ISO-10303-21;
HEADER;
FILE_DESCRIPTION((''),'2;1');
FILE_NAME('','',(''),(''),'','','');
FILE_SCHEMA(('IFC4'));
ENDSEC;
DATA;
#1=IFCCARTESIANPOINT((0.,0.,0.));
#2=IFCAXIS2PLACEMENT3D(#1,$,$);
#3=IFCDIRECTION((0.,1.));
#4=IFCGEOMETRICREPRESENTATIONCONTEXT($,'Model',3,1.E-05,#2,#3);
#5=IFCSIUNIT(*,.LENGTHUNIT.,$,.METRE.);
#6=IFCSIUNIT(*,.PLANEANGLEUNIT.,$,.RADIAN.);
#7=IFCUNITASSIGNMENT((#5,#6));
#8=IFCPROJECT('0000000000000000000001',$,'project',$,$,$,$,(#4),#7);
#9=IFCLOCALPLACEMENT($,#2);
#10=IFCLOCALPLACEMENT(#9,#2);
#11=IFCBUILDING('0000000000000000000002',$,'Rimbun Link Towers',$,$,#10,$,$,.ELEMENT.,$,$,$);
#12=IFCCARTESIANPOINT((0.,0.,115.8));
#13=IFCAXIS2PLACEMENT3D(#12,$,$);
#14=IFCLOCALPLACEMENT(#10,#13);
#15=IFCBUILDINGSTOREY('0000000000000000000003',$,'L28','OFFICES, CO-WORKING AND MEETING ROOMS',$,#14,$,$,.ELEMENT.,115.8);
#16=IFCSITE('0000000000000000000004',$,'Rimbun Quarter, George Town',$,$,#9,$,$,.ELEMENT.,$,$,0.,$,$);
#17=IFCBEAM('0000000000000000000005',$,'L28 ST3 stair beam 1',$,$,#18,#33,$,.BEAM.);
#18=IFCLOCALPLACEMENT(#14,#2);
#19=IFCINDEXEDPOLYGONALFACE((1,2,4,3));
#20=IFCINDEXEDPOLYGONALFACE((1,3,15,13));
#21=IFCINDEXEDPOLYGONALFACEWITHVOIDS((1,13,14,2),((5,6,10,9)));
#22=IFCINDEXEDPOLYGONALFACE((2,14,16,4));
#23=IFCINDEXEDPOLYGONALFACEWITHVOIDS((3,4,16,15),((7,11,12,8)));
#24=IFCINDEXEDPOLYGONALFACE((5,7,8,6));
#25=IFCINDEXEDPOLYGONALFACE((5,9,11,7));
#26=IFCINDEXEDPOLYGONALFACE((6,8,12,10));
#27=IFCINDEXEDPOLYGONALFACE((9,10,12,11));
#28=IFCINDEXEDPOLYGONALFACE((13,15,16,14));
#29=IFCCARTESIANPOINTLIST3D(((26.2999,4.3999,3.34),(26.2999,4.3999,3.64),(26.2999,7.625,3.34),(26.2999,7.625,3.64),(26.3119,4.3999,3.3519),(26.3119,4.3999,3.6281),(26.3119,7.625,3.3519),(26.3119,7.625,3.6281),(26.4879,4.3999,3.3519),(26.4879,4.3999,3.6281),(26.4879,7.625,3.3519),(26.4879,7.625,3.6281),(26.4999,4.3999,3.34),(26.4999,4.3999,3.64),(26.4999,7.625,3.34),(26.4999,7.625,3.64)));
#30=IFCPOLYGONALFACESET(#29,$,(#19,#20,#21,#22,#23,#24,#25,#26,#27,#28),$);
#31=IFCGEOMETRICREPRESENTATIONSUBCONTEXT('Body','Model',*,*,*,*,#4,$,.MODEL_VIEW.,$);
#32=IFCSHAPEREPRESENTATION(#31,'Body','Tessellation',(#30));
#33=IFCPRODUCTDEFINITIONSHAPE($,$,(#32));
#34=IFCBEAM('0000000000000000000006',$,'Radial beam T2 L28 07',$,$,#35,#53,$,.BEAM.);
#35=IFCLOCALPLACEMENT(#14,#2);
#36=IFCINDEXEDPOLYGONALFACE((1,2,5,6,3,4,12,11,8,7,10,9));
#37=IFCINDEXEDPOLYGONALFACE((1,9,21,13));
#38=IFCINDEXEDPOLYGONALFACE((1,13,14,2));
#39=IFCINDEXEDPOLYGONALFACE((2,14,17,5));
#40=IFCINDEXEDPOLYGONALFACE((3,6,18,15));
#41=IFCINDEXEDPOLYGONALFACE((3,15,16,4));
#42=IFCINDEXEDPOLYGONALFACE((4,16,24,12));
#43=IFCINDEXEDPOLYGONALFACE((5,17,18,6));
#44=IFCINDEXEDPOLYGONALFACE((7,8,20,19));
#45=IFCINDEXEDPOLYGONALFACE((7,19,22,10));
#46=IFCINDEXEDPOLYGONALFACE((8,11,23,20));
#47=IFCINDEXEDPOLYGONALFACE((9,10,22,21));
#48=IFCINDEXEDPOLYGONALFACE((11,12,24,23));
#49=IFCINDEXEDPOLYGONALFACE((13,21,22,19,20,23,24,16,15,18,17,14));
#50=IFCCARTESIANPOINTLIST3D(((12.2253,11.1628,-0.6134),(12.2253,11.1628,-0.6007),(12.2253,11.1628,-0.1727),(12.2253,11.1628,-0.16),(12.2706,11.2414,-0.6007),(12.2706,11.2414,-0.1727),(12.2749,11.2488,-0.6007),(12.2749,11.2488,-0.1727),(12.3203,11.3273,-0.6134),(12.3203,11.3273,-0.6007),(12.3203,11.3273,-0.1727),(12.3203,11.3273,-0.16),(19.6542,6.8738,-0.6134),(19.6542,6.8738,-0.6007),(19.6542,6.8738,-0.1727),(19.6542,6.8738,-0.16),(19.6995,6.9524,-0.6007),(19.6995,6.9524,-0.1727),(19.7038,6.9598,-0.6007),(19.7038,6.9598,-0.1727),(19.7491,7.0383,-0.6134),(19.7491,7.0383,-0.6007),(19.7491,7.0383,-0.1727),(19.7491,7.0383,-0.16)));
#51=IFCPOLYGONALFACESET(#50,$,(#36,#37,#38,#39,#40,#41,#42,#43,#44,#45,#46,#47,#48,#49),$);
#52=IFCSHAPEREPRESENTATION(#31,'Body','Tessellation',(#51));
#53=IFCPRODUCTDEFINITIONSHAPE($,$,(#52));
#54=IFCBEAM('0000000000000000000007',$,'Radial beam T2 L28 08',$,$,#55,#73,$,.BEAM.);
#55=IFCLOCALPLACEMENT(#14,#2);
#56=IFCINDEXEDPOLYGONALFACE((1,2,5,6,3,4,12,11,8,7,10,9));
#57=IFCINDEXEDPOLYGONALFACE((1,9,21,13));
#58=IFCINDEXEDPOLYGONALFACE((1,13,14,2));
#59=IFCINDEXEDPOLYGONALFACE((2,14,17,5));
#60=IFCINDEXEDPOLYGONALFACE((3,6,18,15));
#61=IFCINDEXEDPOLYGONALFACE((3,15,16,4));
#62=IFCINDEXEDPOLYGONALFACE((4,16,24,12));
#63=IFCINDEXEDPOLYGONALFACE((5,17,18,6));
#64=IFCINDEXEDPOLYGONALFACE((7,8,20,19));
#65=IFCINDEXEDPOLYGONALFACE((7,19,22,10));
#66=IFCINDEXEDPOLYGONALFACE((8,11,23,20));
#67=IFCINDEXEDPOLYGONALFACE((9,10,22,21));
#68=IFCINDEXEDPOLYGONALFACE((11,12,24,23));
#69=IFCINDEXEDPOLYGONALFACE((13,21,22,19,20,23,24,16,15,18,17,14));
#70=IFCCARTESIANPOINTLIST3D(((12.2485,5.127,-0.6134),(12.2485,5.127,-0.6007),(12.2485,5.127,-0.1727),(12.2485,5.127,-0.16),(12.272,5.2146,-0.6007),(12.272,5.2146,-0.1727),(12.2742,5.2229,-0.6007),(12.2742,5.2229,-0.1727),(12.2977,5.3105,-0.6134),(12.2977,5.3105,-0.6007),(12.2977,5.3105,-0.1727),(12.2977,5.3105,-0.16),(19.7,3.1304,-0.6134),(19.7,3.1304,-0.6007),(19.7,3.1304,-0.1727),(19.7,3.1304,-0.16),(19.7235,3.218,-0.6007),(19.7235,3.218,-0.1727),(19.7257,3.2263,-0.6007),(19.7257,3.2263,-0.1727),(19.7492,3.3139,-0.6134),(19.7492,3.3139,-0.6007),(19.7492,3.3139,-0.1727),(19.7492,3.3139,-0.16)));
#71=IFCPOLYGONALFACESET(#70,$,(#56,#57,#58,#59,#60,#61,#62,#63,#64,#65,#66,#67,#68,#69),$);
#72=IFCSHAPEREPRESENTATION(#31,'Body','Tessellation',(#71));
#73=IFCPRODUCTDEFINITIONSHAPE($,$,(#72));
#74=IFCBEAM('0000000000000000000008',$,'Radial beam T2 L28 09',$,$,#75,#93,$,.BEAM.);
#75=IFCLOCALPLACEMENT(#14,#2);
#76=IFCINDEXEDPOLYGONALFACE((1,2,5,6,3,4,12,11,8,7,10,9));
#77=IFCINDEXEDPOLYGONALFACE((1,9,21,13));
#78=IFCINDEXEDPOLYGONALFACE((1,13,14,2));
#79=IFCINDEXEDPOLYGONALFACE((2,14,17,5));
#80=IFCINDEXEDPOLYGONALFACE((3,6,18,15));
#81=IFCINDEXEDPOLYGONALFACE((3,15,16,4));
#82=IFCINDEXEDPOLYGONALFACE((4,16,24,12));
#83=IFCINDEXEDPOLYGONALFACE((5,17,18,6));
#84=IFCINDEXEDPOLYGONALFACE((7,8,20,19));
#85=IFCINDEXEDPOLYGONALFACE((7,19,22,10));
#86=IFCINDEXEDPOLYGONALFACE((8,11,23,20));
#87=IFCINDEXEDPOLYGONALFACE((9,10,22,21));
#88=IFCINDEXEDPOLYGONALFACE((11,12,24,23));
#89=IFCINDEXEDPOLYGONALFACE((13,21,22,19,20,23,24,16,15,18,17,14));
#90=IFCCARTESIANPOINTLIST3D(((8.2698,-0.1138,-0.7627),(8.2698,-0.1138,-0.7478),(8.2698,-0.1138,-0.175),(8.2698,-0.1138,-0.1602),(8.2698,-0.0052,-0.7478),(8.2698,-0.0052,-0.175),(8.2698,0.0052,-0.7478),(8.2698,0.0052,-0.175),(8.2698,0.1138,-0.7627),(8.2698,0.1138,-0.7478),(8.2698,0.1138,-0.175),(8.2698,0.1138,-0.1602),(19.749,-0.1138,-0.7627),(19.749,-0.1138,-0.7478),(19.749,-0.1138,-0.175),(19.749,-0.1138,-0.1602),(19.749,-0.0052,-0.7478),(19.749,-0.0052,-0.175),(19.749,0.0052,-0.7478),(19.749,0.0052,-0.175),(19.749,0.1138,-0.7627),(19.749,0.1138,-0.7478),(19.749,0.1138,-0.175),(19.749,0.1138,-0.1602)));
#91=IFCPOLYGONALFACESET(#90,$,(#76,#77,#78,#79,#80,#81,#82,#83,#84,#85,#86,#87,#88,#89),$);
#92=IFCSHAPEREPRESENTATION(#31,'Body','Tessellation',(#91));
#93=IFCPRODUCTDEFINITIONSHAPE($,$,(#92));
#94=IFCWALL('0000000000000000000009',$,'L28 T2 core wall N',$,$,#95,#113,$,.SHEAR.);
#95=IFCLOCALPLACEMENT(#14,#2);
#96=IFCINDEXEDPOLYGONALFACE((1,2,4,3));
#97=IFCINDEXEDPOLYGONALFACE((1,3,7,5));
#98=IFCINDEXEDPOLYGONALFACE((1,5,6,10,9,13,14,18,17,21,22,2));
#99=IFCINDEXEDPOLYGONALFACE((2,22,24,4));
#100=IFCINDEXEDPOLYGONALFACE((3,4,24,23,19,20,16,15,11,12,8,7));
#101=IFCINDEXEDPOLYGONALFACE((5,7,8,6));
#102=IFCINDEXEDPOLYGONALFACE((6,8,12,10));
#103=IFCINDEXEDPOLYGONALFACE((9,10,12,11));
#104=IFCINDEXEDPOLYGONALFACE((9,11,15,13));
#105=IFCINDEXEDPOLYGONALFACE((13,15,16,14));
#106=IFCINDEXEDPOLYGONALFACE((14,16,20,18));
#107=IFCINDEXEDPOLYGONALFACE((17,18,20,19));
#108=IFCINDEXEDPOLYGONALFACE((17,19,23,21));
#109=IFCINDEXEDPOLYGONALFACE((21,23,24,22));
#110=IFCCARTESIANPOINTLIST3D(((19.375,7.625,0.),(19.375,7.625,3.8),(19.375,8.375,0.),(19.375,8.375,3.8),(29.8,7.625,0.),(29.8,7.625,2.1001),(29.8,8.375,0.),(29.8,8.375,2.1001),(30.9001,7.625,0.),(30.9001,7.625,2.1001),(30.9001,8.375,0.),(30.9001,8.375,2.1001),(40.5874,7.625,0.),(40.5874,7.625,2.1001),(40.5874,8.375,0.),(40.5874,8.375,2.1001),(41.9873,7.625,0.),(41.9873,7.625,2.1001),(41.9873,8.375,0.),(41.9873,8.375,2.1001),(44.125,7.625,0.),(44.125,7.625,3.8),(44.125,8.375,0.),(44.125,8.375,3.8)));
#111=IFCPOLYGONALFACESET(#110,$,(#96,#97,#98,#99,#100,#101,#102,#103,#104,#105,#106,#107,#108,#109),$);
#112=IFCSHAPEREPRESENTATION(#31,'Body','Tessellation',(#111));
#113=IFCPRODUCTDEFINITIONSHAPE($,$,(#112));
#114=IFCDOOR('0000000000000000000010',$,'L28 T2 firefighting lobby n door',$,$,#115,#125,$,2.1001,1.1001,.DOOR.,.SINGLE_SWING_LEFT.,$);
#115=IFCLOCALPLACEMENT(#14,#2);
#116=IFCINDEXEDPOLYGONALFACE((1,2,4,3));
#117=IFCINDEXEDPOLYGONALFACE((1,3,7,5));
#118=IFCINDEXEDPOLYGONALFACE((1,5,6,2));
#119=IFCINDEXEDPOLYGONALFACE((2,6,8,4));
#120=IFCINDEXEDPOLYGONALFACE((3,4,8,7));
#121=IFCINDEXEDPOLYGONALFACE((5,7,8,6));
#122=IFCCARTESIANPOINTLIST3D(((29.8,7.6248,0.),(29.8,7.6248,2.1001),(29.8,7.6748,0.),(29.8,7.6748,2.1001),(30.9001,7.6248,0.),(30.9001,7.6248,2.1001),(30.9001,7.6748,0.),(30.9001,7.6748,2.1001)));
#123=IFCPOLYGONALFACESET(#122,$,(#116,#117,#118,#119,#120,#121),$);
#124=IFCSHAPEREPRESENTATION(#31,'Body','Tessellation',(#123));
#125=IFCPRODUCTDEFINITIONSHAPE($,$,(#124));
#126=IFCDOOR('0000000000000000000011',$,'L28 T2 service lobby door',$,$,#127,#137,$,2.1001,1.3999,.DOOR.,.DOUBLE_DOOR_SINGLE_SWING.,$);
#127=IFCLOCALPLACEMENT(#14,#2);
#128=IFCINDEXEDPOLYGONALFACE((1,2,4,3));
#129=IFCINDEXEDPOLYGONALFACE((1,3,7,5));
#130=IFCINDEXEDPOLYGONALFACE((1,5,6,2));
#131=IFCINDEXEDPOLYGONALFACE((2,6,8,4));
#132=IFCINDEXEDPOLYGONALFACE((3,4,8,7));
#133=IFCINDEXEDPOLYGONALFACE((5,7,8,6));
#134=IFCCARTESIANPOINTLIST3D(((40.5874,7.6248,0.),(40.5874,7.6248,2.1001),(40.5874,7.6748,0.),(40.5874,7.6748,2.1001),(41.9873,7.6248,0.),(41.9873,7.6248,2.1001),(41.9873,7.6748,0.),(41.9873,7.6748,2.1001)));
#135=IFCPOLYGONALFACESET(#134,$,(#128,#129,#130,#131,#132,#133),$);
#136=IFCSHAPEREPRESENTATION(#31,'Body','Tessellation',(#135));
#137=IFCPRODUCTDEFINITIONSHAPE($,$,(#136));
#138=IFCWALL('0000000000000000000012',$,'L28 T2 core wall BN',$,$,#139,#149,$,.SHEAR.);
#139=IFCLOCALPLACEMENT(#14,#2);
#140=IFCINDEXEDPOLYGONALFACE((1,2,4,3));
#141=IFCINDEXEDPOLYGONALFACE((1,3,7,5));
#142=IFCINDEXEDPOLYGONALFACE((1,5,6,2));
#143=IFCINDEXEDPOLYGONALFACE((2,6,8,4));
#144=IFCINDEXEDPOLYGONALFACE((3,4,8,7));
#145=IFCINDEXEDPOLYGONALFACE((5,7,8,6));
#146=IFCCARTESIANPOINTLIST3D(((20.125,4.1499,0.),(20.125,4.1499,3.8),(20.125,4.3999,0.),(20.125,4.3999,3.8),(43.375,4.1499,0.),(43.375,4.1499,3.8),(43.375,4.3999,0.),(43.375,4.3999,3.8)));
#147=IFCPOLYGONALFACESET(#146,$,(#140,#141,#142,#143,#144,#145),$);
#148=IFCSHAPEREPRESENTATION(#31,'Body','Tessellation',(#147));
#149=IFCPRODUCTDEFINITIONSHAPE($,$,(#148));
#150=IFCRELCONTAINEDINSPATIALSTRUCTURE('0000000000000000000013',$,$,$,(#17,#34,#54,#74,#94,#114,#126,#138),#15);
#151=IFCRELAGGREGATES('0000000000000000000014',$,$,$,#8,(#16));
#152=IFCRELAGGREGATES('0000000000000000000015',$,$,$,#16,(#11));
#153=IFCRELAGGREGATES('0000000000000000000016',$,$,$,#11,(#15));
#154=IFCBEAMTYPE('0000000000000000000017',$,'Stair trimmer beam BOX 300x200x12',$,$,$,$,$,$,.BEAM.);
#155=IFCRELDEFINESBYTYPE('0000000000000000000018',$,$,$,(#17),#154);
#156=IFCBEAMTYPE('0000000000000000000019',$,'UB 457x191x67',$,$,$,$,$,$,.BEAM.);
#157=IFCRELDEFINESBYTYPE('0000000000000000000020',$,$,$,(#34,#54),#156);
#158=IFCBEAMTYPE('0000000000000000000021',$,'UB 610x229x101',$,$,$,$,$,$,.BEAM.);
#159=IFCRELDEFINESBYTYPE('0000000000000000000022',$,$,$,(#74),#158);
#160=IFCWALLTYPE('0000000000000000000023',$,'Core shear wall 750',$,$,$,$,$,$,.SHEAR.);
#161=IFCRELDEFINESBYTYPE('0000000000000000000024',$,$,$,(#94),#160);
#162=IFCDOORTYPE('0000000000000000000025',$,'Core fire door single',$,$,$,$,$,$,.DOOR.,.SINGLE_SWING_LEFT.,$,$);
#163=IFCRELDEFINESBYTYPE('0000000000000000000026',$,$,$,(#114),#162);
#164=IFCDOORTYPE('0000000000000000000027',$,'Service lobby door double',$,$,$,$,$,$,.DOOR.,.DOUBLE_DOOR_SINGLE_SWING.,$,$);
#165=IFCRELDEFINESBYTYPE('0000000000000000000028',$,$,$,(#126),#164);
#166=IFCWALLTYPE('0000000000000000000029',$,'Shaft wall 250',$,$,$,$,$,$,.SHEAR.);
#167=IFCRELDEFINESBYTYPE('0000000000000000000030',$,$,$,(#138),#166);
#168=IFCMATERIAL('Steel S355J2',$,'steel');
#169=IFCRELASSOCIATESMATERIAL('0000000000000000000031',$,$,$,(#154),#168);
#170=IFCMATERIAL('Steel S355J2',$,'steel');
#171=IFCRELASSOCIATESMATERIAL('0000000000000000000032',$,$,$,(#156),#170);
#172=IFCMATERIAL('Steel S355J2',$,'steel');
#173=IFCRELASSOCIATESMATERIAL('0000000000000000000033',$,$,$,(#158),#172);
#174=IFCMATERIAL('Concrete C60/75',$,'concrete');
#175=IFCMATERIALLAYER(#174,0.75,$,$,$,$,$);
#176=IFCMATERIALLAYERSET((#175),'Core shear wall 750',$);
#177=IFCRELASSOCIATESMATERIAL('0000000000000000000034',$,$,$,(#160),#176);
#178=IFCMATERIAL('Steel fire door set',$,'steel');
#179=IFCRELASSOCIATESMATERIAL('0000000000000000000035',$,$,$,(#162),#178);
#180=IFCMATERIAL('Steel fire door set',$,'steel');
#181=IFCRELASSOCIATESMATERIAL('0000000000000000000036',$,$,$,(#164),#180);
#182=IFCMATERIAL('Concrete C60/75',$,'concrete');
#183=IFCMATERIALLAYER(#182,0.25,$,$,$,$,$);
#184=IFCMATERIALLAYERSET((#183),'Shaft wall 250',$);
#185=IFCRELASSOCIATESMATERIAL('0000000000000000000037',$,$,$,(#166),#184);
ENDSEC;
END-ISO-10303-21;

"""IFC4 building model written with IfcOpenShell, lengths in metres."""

from ifc_helpers import new_model, si_unit, direction, frame, frame_2d, origin, origin_2d, place, context, subcontext, project, spatial, rectangle, hollow_rectangle, i_section, extrude, material, layer, layer_set, material_profile, profile_set, type_object, element, fill, save


model = new_model("IFC4")

# Units and contexts
model_context = context("Model", 3, precision=1e-05, world=origin(), true_north=direction((0.0, 1.0)))
body_context = subcontext(model_context, "Body", "Model", "MODEL_VIEW")
ifc_project = project(units=[si_unit("LENGTHUNIT", "METRE"), si_unit("PLANEANGLEUNIT", "RADIAN")], contexts=[model_context])

# Site, building, storey
site_placement = place(None, origin())
site = spatial("IfcSite", under=ifc_project, at=site_placement, Name="Rimbun Quarter, George Town", CompositionType="ELEMENT", RefElevation=0.0)
building_placement = place(site_placement, origin())
building = spatial("IfcBuilding", under=site, at=building_placement, Name="Rimbun Link Towers", CompositionType="ELEMENT")
storey_placement = place(building_placement, frame((0.0, 0.0, 115.8)))
storey = spatial("IfcBuildingStorey", under=building, at=storey_placement, Name="L28", Description="OFFICES, CO-WORKING AND MEETING ROOMS", CompositionType="ELEMENT", Elevation=115.8)

# Beams
ifc_material_1 = material(Name="Steel S355J2", Category="steel")
ifc_material_profile_1 = material_profile(ifc_material_1, hollow_rectangle(XDim=0.2, YDim=0.3, WallThickness=0.012, at=origin_2d()), Name="BOX 300x200x12")
ifc_profile_set_1 = profile_set([ifc_material_profile_1], Name="Steel S355J2")
beam_type_1 = type_object("IfcBeamType", Name="Stair trimmer beam BOX 300x200x12", PredefinedType="BEAM", material=ifc_profile_set_1)
beam_1_placement = place(storey_placement, frame((26.3999, 7.625, 3.49), z_axis=(0.0, -1.0, 0.0), x_axis=(1.0, 0.0, 0.0)))
element("IfcBeam", 1, at=beam_1_placement, inside=storey, type_object=beam_type_1, Name="L28 ST3 stair beam 1", PredefinedType="BEAM", context=body_context, shape_type="SweptSolid", body=[
    extrude(hollow_rectangle(XDim=0.2, YDim=0.3, WallThickness=0.012, at=origin_2d()), origin(), (0.0, 0.0, 1.0), 3.2251),
])
ifc_material_2 = material(Name="Steel S355J2", Category="steel")
ifc_material_profile_2 = material_profile(ifc_material_2, i_section(OverallWidth=0.1899, OverallDepth=0.4534, WebThickness=0.0085, FlangeThickness=0.0127, at=origin_2d()), Name="UB 457x191x67")
ifc_profile_set_2 = profile_set([ifc_material_profile_2], Name="Steel S355J2")
beam_type_2 = type_object("IfcBeamType", Name="UB 457x191x67", PredefinedType="BEAM", material=ifc_profile_set_2)
beam_2_placement = place(storey_placement, frame((19.7017, 6.9561, -0.3867), z_axis=(-0.866028, 0.499996, 0.0), x_axis=(-0.499996, -0.866028, 0.0)))
element("IfcBeam", 2, at=beam_2_placement, inside=storey, type_object=beam_type_2, Name="Radial beam T2 L28 07", PredefinedType="BEAM", context=body_context, shape_type="SweptSolid", body=[
    extrude(i_section(OverallWidth=0.1899, OverallDepth=0.4534, WebThickness=0.0085, FlangeThickness=0.0127, at=origin_2d()), origin(), (0.0, 0.0, 1.0), 8.5781),
])
beam_3_placement = place(storey_placement, frame((19.7246, 3.2222, -0.3867), z_axis=(-0.965926, 0.258817, 0.0), x_axis=(-0.258817, -0.965926, 0.0)))
element("IfcBeam", 3, at=beam_3_placement, inside=storey, type_object=beam_type_2, Name="Radial beam T2 L28 08", PredefinedType="BEAM", context=body_context, shape_type="SweptSolid", body=[
    extrude(i_section(OverallWidth=0.1899, OverallDepth=0.4534, WebThickness=0.0085, FlangeThickness=0.0127, at=origin_2d()), origin(), (0.0, 0.0, 1.0), 7.7144),
])
ifc_material_3 = material(Name="Steel S355J2", Category="steel")
ifc_material_profile_3 = material_profile(ifc_material_3, i_section(OverallWidth=0.2275, OverallDepth=0.6025, WebThickness=0.0105, FlangeThickness=0.0149, at=origin_2d()), Name="UB 610x229x101")
ifc_profile_set_3 = profile_set([ifc_material_profile_3], Name="Steel S355J2")
beam_type_3 = type_object("IfcBeamType", Name="UB 610x229x101", PredefinedType="BEAM", material=ifc_profile_set_3)
beam_4_placement = place(storey_placement, frame((19.749, 0.0, -0.4614), z_axis=(-1.0, 0.0, 0.0), x_axis=(0.0, -1.0, 0.0)))
element("IfcBeam", 4, at=beam_4_placement, inside=storey, type_object=beam_type_3, Name="Radial beam T2 L28 09", PredefinedType="BEAM", context=body_context, shape_type="SweptSolid", body=[
    extrude(i_section(OverallWidth=0.2275, OverallDepth=0.6025, WebThickness=0.0105, FlangeThickness=0.0149, at=origin_2d()), origin(), (0.0, 0.0, 1.0), 11.4792),
])

# Wall, openings, doors
ifc_material_4 = material(Name="Concrete C60/75", Category="concrete")
ifc_layer_1 = layer(ifc_material_4, 0.75)
ifc_layer_set_1 = layer_set([ifc_layer_1], Name="Core shear wall 750")
wall_type_1 = type_object("IfcWallType", Name="Core shear wall 750", PredefinedType="SHEAR", material=ifc_layer_set_1)
wall_1_placement = place(storey_placement, frame((19.375, 8.0, 0.0), z_axis=(0.0, 0.0, 1.0), x_axis=(1.0, 0.0, 0.0)))
wall_1 = element("IfcWall", 5, at=wall_1_placement, inside=storey, type_object=wall_type_1, Name="L28 T2 core wall N", PredefinedType="SHEAR", context=body_context, shape_type="SweptSolid", body=[
    extrude(rectangle(XDim=24.75, YDim=0.75, at=frame_2d((12.375, 0.0))), origin(), (0.0, 0.0, 1.0), 3.8),
])
opening_1_placement = place(wall_1_placement, frame((10.425, 0.0, 0.0)))
opening_1 = element("IfcOpeningElement", 6, at=opening_1_placement, cuts=wall_1, PredefinedType="OPENING", context=body_context, shape_type="SweptSolid", body=[
    extrude(rectangle(XDim=1.1001, YDim=2.1001, at=frame_2d((0.55, 1.05))), frame((0.0, 0.385, 0.0), z_axis=(0.0, -1.0, 0.0), x_axis=(1.0, 0.0, 0.0)), (0.0, 0.0, 1.0), 0.77),
])
opening_2_placement = place(wall_1_placement, frame((21.2124, 0.0, 0.0)))
opening_2 = element("IfcOpeningElement", 7, at=opening_2_placement, cuts=wall_1, PredefinedType="OPENING", context=body_context, shape_type="SweptSolid", body=[
    extrude(rectangle(XDim=1.3999, YDim=2.1001, at=frame_2d((0.7, 1.05))), frame((0.0, 0.385, 0.0), z_axis=(0.0, -1.0, 0.0), x_axis=(1.0, 0.0, 0.0)), (0.0, 0.0, 1.0), 0.77),
])
ifc_material_5 = material(Name="Steel fire door set", Category="steel")
door_type_1 = type_object("IfcDoorType", Name="Core fire door single", OperationType="SINGLE_SWING_LEFT", PredefinedType="DOOR", material=ifc_material_5)
door_1_placement = place(opening_1_placement, origin())
door_1 = element("IfcDoor", 8, at=door_1_placement, inside=storey, type_object=door_type_1, Name="L28 T2 firefighting lobby n door", OperationType="SINGLE_SWING_LEFT", OverallHeight=2.1001, OverallWidth=1.1001, PredefinedType="DOOR", context=body_context, shape_type="SweptSolid", body=[
    extrude(rectangle(XDim=1.1001, YDim=2.1001, at=frame_2d((0.55, 1.05))), frame((0.0, -0.3252, 0.0), z_axis=(0.0, -1.0, 0.0), x_axis=(1.0, 0.0, 0.0)), (0.0, 0.0, 1.0), 0.05),
])
fill(opening_1, door_1)
ifc_material_6 = material(Name="Steel fire door set", Category="steel")
door_type_2 = type_object("IfcDoorType", Name="Service lobby door double", OperationType="DOUBLE_DOOR_SINGLE_SWING", PredefinedType="DOOR", material=ifc_material_6)
door_2_placement = place(opening_2_placement, origin())
door_2 = element("IfcDoor", 9, at=door_2_placement, inside=storey, type_object=door_type_2, Name="L28 T2 service lobby door", OperationType="DOUBLE_DOOR_SINGLE_SWING", OverallHeight=2.1001, OverallWidth=1.3999, PredefinedType="DOOR", context=body_context, shape_type="SweptSolid", body=[
    extrude(rectangle(XDim=1.3999, YDim=2.1001, at=frame_2d((0.7, 1.05))), frame((0.0, -0.3252, 0.0), z_axis=(0.0, -1.0, 0.0), x_axis=(1.0, 0.0, 0.0)), (0.0, 0.0, 1.0), 0.05),
])
fill(opening_2, door_2)

# Wall
ifc_material_7 = material(Name="Concrete C60/75", Category="concrete")
ifc_layer_2 = layer(ifc_material_7, 0.25)
ifc_layer_set_2 = layer_set([ifc_layer_2], Name="Shaft wall 250")
wall_type_2 = type_object("IfcWallType", Name="Shaft wall 250", PredefinedType="SHEAR", material=ifc_layer_set_2)
wall_2_placement = place(storey_placement, frame((20.125, 4.2749, 0.0), z_axis=(0.0, 0.0, 1.0), x_axis=(1.0, 0.0, 0.0)))
element("IfcWall", 10, at=wall_2_placement, inside=storey, type_object=wall_type_2, Name="L28 T2 core wall BN", PredefinedType="SHEAR", context=body_context, shape_type="SweptSolid", body=[
    extrude(rectangle(XDim=23.25, YDim=0.25, at=frame_2d((11.625, 0.0))), origin(), (0.0, 0.0, 1.0), 3.8),
])

save(model, "model.ifc")
